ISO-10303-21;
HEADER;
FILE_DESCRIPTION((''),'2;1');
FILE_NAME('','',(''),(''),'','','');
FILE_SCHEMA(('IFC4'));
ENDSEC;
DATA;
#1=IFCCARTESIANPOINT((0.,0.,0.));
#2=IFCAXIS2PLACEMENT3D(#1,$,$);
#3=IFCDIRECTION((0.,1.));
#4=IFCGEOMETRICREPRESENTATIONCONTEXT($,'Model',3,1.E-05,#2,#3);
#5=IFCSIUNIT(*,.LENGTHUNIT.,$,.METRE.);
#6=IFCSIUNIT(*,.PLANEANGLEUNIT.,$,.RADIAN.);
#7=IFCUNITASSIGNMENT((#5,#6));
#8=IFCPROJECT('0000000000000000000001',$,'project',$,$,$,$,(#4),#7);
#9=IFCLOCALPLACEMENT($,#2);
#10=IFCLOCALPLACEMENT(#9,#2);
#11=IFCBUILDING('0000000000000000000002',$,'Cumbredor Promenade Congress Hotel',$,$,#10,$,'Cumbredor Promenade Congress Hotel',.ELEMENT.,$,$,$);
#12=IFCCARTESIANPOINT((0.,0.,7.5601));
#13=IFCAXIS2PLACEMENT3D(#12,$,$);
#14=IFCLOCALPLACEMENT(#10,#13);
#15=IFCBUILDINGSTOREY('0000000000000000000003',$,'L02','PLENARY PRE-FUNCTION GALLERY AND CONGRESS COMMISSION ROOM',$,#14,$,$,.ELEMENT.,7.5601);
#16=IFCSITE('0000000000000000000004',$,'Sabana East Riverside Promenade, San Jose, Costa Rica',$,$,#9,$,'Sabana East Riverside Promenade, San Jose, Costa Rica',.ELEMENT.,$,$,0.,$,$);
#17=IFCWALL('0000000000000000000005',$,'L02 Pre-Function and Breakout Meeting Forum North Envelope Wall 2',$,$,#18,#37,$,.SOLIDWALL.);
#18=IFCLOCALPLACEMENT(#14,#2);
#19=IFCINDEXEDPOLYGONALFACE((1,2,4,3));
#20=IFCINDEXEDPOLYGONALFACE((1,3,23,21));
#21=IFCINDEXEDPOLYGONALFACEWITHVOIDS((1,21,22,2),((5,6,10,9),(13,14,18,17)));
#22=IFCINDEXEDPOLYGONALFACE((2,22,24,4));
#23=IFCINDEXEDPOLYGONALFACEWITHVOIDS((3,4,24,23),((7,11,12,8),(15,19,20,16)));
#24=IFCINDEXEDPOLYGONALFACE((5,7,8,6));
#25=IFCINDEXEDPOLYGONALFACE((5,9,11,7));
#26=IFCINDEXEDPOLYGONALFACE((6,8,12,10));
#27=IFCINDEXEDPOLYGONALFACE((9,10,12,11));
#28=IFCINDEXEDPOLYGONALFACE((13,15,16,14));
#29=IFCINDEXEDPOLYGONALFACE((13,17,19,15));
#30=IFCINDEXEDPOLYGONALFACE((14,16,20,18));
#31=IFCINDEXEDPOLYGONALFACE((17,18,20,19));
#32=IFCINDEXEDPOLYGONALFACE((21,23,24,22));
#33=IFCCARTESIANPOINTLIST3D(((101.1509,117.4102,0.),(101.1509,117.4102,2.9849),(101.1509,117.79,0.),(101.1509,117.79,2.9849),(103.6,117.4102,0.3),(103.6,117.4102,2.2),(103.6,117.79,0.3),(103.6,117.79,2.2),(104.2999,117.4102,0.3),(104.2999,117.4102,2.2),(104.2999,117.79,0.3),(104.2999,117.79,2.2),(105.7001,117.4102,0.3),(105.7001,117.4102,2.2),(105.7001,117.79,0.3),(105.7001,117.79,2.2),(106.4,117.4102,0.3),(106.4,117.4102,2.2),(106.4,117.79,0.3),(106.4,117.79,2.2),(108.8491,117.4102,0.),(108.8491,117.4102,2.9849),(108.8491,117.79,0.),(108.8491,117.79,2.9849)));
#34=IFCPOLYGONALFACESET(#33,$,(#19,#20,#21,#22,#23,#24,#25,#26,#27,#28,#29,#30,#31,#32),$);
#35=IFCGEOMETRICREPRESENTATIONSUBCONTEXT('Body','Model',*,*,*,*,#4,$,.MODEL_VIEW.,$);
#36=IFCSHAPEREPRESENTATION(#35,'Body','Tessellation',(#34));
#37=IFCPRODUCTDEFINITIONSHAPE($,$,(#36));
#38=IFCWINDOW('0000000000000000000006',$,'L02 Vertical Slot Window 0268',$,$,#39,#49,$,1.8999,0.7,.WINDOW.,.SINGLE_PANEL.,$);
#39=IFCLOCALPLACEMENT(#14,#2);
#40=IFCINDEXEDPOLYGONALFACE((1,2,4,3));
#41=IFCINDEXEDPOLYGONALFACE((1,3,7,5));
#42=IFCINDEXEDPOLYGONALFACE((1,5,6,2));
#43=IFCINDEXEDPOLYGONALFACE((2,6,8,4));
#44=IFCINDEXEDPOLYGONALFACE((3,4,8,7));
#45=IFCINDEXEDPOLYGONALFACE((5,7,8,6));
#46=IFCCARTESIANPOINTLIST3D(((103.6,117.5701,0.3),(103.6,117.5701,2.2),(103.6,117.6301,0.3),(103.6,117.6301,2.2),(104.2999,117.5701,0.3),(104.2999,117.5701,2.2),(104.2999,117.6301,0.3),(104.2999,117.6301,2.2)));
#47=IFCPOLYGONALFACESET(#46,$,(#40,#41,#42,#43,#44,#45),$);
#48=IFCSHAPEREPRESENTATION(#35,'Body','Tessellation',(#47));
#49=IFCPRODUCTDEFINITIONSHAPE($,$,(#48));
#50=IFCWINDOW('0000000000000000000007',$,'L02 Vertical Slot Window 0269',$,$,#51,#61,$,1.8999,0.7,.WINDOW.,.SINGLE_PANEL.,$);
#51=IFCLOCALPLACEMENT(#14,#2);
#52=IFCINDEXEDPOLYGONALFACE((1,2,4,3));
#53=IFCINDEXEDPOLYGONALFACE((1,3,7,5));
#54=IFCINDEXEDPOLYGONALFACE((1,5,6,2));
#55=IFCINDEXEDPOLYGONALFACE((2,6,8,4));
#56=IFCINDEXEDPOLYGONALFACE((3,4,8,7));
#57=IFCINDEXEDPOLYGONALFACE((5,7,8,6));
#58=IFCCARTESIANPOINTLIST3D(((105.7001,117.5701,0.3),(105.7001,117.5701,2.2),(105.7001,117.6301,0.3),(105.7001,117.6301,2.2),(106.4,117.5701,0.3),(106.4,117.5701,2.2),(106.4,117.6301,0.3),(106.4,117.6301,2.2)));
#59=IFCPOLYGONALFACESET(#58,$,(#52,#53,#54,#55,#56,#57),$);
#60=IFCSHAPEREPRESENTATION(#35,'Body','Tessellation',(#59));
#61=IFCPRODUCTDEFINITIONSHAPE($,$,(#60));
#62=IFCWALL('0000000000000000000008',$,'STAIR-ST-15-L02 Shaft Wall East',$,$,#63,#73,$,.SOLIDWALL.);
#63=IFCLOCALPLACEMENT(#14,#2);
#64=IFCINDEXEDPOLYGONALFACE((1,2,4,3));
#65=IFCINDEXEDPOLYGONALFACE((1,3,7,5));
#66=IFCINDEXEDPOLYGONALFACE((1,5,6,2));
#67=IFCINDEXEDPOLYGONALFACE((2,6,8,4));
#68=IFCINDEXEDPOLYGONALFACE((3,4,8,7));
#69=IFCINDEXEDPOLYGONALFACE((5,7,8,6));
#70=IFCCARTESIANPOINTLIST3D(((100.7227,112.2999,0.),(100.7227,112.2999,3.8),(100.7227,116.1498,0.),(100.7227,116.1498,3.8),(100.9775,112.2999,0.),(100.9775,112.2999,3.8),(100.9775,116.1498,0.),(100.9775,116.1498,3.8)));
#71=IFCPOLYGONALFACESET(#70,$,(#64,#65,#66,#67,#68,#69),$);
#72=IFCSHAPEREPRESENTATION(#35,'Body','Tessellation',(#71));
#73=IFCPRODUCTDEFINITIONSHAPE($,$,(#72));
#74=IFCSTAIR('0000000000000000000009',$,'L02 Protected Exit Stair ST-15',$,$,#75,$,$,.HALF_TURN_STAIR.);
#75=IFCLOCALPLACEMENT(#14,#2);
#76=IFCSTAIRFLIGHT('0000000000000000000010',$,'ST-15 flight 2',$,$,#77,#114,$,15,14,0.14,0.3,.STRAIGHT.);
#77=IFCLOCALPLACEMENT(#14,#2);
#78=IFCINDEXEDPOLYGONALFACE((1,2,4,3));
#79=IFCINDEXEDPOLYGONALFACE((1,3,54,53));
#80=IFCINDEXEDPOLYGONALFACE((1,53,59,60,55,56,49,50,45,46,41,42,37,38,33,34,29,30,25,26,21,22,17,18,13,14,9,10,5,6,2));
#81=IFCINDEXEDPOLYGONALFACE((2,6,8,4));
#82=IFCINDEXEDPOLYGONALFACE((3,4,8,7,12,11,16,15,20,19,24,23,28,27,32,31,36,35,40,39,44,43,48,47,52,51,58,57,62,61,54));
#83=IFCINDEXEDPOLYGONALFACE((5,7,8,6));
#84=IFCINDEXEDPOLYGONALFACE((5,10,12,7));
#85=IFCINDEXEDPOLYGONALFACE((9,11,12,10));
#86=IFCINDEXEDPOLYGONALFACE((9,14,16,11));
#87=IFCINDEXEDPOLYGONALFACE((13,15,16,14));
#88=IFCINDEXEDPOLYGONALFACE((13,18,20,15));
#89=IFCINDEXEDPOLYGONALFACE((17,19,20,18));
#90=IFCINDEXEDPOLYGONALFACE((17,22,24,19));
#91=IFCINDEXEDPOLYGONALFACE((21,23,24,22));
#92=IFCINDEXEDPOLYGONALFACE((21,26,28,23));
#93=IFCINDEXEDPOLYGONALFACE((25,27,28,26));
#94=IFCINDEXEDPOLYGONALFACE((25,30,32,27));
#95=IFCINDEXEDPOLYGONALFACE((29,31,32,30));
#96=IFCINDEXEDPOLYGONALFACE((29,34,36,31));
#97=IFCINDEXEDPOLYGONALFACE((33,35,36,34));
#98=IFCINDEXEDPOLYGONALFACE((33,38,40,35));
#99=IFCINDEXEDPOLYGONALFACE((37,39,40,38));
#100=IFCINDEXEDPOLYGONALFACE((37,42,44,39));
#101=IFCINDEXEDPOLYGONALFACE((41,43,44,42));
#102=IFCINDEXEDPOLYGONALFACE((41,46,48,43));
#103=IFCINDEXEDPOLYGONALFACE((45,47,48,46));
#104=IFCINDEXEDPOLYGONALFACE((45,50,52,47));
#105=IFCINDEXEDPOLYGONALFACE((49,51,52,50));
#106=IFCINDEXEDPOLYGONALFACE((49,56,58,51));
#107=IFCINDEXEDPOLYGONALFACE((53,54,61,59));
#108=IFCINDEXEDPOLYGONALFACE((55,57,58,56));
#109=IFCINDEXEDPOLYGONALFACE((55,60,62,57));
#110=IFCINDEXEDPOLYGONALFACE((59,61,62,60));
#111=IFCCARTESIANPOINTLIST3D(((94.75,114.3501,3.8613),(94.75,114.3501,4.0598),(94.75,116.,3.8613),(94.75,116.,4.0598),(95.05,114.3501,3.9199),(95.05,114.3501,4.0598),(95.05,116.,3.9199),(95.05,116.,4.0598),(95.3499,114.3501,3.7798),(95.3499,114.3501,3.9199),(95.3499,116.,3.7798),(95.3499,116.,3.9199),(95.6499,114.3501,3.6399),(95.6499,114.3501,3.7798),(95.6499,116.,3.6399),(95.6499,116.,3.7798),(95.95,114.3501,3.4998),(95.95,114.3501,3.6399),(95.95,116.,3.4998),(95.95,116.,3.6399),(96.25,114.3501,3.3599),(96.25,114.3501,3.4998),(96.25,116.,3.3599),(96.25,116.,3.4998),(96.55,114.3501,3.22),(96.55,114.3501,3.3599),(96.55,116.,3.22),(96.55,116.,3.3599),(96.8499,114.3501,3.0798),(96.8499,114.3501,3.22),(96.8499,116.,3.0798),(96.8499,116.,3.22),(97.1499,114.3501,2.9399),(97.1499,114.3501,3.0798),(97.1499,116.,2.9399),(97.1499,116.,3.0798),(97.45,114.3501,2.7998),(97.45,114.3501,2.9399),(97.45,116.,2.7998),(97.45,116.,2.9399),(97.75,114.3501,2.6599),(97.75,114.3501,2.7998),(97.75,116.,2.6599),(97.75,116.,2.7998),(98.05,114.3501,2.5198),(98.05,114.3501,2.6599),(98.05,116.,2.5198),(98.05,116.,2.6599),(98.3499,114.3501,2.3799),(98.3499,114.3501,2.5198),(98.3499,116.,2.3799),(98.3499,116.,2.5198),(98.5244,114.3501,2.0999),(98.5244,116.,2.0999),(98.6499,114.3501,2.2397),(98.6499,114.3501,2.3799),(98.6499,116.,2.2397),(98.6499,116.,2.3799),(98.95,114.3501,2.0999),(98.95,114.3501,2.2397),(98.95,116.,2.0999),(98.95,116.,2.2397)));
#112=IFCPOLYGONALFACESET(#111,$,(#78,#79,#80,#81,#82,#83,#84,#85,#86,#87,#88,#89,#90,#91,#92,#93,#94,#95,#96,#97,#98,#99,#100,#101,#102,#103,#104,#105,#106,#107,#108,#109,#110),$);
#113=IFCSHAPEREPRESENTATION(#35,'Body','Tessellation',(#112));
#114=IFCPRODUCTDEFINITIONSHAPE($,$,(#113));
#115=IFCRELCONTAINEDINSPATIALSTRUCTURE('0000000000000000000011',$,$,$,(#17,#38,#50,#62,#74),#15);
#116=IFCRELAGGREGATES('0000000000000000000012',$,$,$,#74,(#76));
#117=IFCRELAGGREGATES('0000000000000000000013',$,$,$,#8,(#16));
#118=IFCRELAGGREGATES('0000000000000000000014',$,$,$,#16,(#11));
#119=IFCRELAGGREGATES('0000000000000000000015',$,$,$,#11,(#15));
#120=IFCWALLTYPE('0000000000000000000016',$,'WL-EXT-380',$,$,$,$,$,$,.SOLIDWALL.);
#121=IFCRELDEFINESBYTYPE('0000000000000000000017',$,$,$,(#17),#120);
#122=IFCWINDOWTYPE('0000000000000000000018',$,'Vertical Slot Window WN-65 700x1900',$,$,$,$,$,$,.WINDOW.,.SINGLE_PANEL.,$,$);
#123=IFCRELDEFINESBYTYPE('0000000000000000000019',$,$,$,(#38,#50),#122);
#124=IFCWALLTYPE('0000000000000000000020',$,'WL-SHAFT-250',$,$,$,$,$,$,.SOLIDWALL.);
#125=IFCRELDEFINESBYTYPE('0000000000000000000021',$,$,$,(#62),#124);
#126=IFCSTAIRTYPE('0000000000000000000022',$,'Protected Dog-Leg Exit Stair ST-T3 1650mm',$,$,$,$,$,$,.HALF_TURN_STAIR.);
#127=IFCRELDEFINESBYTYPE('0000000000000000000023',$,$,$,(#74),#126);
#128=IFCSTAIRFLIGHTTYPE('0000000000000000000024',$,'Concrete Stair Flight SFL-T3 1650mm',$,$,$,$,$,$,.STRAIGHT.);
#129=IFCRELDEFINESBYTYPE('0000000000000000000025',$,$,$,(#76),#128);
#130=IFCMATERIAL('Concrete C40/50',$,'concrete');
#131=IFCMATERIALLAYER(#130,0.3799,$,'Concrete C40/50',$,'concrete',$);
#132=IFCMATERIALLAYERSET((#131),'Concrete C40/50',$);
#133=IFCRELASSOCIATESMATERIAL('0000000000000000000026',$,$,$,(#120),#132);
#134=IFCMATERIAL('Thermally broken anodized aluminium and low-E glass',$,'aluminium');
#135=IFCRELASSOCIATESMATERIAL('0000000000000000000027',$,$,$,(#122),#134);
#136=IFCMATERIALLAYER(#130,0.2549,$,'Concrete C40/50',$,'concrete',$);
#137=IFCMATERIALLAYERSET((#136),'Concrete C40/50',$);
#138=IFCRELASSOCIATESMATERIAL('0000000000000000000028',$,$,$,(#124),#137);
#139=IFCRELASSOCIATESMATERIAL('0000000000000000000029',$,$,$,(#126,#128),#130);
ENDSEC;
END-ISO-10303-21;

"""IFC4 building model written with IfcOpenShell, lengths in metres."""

from ifc_helpers import new_model, si_unit, direction, frame, frame_2d, origin, place, context, subcontext, project, spatial, polyline, rectangle, outline, extrude, material, layer, layer_set, type_object, element, fill, aggregate, save


model = new_model("IFC4")

# Units and contexts
model_context = context("Model", 3, precision=1e-05, world=origin(), true_north=direction((0.0, 1.0)))
body_context = subcontext(model_context, "Body", "Model", "MODEL_VIEW")
ifc_project = project(units=[si_unit("LENGTHUNIT", "METRE"), si_unit("PLANEANGLEUNIT", "RADIAN")], contexts=[model_context])

# Site, building, storey
site_placement = place(None, origin())
site = spatial("IfcSite", under=ifc_project, at=site_placement, Name="Sabana East Riverside Promenade, San Jose, Costa Rica", LongName="Sabana East Riverside Promenade, San Jose, Costa Rica", CompositionType="ELEMENT", RefElevation=0.0)
building_placement = place(site_placement, origin())
building = spatial("IfcBuilding", under=site, at=building_placement, Name="Cumbredor Promenade Congress Hotel", LongName="Cumbredor Promenade Congress Hotel", CompositionType="ELEMENT")
storey_placement = place(building_placement, frame((0.0, 0.0, 7.5601)))
storey = spatial("IfcBuildingStorey", under=building, at=storey_placement, Name="L02", Description="PLENARY PRE-FUNCTION GALLERY AND CONGRESS COMMISSION ROOM", CompositionType="ELEMENT", Elevation=7.5601)

# Shared definitions
ifc_material_1 = material(Name="Concrete C40/50", Category="concrete")

# Shared definitions
ifc_material_2 = material(Name="Thermally broken anodized aluminium and low-E glass", Category="aluminium")

# Wall, openings, windows
ifc_layer_1 = layer(ifc_material_1, 0.3799, Name="Concrete C40/50", Category="concrete")
ifc_layer_set_1 = layer_set([ifc_layer_1], Name="Concrete C40/50")
wall_type_1 = type_object("IfcWallType", Name="WL-EXT-380", PredefinedType="SOLIDWALL", material=ifc_layer_set_1)
wall_1_placement = place(storey_placement, frame((101.1509, 117.6001, 0.0), z_axis=(0.0, 0.0, 1.0), x_axis=(1.0, 0.0, 0.0)))
wall_1 = element("IfcWall", 1, at=wall_1_placement, inside=storey, type_object=wall_type_1, Name="L02 Pre-Function and Breakout Meeting Forum North Envelope Wall 2", PredefinedType="SOLIDWALL", context=body_context, shape_type="SweptSolid", body=[
    extrude(rectangle(XDim=7.6982, YDim=0.3799, at=frame_2d((3.8491, 0.0))), origin(), (0.0, 0.0, 1.0), 2.9849),
])
opening_1_placement = place(wall_1_placement, frame((2.449, 0.0, 0.3)))
opening_1 = element("IfcOpeningElement", 2, at=opening_1_placement, cuts=wall_1, PredefinedType="OPENING", context=body_context, shape_type="SweptSolid", body=[
    extrude(rectangle(XDim=0.7, YDim=1.8999, at=frame_2d((0.3501, 0.95))), frame((0.0, 0.2, 0.0), z_axis=(0.0, -1.0, 0.0), x_axis=(1.0, 0.0, 0.0)), (0.0, 0.0, 1.0), 0.3999),
])
opening_2_placement = place(wall_1_placement, frame((4.5491, 0.0, 0.3)))
opening_2 = element("IfcOpeningElement", 3, at=opening_2_placement, cuts=wall_1, PredefinedType="OPENING", context=body_context, shape_type="SweptSolid", body=[
    extrude(rectangle(XDim=0.7, YDim=1.8999, at=frame_2d((0.3501, 0.95))), frame((0.0, 0.2, 0.0), z_axis=(0.0, -1.0, 0.0), x_axis=(1.0, 0.0, 0.0)), (0.0, 0.0, 1.0), 0.3999),
])
window_type = type_object("IfcWindowType", Name="Vertical Slot Window WN-65 700x1900", PartitioningType="SINGLE_PANEL", PredefinedType="WINDOW", material=ifc_material_2)
window_1_placement = place(opening_1_placement, origin())
window_1 = element("IfcWindow", 4, at=window_1_placement, inside=storey, type_object=window_type, Name="L02 Vertical Slot Window 0268", OverallHeight=1.8999, OverallWidth=0.7, PartitioningType="SINGLE_PANEL", PredefinedType="WINDOW", context=body_context, shape_type="SweptSolid", body=[
    extrude(rectangle(XDim=0.7, YDim=1.8999, at=frame_2d((0.3501, 0.95))), frame((0.0, 0.03, 0.0), z_axis=(0.0, -1.0, 0.0), x_axis=(1.0, 0.0, 0.0)), (0.0, 0.0, 1.0), 0.0601),
])
fill(opening_1, window_1)
window_2_placement = place(opening_2_placement, origin())
window_2 = element("IfcWindow", 5, at=window_2_placement, inside=storey, type_object=window_type, Name="L02 Vertical Slot Window 0269", OverallHeight=1.8999, OverallWidth=0.7, PartitioningType="SINGLE_PANEL", PredefinedType="WINDOW", context=body_context, shape_type="SweptSolid", body=[
    extrude(rectangle(XDim=0.7, YDim=1.8999, at=frame_2d((0.3501, 0.95))), frame((0.0, 0.03, 0.0), z_axis=(0.0, -1.0, 0.0), x_axis=(1.0, 0.0, 0.0)), (0.0, 0.0, 1.0), 0.0601),
])
fill(opening_2, window_2)

# Wall
ifc_layer_2 = layer(ifc_material_1, 0.2549, Name="Concrete C40/50", Category="concrete")
ifc_layer_set_2 = layer_set([ifc_layer_2], Name="Concrete C40/50")
wall_type_2 = type_object("IfcWallType", Name="WL-SHAFT-250", PredefinedType="SOLIDWALL", material=ifc_layer_set_2)
wall_2_placement = place(storey_placement, frame((100.8501, 112.3, 0.0), z_axis=(0.0, 0.0, 1.0), x_axis=(0.0, 1.0, 0.0)))
element("IfcWall", 6, at=wall_2_placement, inside=storey, type_object=wall_type_2, Name="STAIR-ST-15-L02 Shaft Wall East", PredefinedType="SOLIDWALL", context=body_context, shape_type="SweptSolid", body=[
    extrude(rectangle(XDim=3.8499, YDim=0.2549, at=frame_2d((1.9248, 0.0))), origin(), (0.0, 0.0, 1.0), 3.8),
])

# Stair, stair flight
stair_type = type_object("IfcStairType", Name="Protected Dog-Leg Exit Stair ST-T3 1650mm", PredefinedType="HALF_TURN_STAIR", material=ifc_material_1)
stair_placement = place(storey_placement, origin())
stair = element("IfcStair", 7, at=stair_placement, inside=storey, type_object=stair_type, Name="L02 Protected Exit Stair ST-15", PredefinedType="HALF_TURN_STAIR")
stair_flight_type = type_object("IfcStairFlightType", Name="Concrete Stair Flight SFL-T3 1650mm", PredefinedType="STRAIGHT", material=ifc_material_1)
stair_flight_placement = place(storey_placement, frame((98.95, 115.175, 2.0999), z_axis=(0.0, 0.0, 1.0), x_axis=(-1.0, 0.0, 0.0)))
stair_flight = element("IfcStairFlight", 8, at=stair_flight_placement, type_object=stair_flight_type, Name="ST-15 flight 2", NumberOfRisers=15, NumberOfTreads=14, PredefinedType="STRAIGHT", RiserHeight=0.14, TreadLength=0.3, context=body_context, shape_type="SweptSolid", body=[
    extrude(outline(polyline([(0.0, 0.0), (0.0, 0.1399), (0.3, 0.1399), (0.3, 0.28), (0.6001, 0.28), (0.6001, 0.4199), (0.8999, 0.4199), (0.8999, 0.5601), (1.2, 0.5601), (1.2, 0.7), (1.5, 0.7), (1.5, 0.8401), (1.8, 0.8401), (1.8, 0.98), (2.1001, 0.98), (2.1001, 1.1201), (2.3999, 1.1201), (2.3999, 1.26), (2.7, 1.26), (2.7, 1.3999), (3.0, 1.3999), (3.0, 1.54), (3.3, 1.54), (3.3, 1.6799), (3.6001, 1.6799), (3.6001, 1.8201), (3.8999, 1.8201), (3.8999, 1.96), (4.2, 1.96), (4.2, 2.1001), (4.2, 1.7615), (0.4255, 0.0), (0.0, 0.0)])), frame((0.0, 0.825, 0.0), z_axis=(0.0, -1.0, 0.0), x_axis=(1.0, 0.0, 0.0)), (0.0, 0.0, 1.0), 1.6499),
])
aggregate(stair, [stair_flight])

save(model, "model.ifc")
